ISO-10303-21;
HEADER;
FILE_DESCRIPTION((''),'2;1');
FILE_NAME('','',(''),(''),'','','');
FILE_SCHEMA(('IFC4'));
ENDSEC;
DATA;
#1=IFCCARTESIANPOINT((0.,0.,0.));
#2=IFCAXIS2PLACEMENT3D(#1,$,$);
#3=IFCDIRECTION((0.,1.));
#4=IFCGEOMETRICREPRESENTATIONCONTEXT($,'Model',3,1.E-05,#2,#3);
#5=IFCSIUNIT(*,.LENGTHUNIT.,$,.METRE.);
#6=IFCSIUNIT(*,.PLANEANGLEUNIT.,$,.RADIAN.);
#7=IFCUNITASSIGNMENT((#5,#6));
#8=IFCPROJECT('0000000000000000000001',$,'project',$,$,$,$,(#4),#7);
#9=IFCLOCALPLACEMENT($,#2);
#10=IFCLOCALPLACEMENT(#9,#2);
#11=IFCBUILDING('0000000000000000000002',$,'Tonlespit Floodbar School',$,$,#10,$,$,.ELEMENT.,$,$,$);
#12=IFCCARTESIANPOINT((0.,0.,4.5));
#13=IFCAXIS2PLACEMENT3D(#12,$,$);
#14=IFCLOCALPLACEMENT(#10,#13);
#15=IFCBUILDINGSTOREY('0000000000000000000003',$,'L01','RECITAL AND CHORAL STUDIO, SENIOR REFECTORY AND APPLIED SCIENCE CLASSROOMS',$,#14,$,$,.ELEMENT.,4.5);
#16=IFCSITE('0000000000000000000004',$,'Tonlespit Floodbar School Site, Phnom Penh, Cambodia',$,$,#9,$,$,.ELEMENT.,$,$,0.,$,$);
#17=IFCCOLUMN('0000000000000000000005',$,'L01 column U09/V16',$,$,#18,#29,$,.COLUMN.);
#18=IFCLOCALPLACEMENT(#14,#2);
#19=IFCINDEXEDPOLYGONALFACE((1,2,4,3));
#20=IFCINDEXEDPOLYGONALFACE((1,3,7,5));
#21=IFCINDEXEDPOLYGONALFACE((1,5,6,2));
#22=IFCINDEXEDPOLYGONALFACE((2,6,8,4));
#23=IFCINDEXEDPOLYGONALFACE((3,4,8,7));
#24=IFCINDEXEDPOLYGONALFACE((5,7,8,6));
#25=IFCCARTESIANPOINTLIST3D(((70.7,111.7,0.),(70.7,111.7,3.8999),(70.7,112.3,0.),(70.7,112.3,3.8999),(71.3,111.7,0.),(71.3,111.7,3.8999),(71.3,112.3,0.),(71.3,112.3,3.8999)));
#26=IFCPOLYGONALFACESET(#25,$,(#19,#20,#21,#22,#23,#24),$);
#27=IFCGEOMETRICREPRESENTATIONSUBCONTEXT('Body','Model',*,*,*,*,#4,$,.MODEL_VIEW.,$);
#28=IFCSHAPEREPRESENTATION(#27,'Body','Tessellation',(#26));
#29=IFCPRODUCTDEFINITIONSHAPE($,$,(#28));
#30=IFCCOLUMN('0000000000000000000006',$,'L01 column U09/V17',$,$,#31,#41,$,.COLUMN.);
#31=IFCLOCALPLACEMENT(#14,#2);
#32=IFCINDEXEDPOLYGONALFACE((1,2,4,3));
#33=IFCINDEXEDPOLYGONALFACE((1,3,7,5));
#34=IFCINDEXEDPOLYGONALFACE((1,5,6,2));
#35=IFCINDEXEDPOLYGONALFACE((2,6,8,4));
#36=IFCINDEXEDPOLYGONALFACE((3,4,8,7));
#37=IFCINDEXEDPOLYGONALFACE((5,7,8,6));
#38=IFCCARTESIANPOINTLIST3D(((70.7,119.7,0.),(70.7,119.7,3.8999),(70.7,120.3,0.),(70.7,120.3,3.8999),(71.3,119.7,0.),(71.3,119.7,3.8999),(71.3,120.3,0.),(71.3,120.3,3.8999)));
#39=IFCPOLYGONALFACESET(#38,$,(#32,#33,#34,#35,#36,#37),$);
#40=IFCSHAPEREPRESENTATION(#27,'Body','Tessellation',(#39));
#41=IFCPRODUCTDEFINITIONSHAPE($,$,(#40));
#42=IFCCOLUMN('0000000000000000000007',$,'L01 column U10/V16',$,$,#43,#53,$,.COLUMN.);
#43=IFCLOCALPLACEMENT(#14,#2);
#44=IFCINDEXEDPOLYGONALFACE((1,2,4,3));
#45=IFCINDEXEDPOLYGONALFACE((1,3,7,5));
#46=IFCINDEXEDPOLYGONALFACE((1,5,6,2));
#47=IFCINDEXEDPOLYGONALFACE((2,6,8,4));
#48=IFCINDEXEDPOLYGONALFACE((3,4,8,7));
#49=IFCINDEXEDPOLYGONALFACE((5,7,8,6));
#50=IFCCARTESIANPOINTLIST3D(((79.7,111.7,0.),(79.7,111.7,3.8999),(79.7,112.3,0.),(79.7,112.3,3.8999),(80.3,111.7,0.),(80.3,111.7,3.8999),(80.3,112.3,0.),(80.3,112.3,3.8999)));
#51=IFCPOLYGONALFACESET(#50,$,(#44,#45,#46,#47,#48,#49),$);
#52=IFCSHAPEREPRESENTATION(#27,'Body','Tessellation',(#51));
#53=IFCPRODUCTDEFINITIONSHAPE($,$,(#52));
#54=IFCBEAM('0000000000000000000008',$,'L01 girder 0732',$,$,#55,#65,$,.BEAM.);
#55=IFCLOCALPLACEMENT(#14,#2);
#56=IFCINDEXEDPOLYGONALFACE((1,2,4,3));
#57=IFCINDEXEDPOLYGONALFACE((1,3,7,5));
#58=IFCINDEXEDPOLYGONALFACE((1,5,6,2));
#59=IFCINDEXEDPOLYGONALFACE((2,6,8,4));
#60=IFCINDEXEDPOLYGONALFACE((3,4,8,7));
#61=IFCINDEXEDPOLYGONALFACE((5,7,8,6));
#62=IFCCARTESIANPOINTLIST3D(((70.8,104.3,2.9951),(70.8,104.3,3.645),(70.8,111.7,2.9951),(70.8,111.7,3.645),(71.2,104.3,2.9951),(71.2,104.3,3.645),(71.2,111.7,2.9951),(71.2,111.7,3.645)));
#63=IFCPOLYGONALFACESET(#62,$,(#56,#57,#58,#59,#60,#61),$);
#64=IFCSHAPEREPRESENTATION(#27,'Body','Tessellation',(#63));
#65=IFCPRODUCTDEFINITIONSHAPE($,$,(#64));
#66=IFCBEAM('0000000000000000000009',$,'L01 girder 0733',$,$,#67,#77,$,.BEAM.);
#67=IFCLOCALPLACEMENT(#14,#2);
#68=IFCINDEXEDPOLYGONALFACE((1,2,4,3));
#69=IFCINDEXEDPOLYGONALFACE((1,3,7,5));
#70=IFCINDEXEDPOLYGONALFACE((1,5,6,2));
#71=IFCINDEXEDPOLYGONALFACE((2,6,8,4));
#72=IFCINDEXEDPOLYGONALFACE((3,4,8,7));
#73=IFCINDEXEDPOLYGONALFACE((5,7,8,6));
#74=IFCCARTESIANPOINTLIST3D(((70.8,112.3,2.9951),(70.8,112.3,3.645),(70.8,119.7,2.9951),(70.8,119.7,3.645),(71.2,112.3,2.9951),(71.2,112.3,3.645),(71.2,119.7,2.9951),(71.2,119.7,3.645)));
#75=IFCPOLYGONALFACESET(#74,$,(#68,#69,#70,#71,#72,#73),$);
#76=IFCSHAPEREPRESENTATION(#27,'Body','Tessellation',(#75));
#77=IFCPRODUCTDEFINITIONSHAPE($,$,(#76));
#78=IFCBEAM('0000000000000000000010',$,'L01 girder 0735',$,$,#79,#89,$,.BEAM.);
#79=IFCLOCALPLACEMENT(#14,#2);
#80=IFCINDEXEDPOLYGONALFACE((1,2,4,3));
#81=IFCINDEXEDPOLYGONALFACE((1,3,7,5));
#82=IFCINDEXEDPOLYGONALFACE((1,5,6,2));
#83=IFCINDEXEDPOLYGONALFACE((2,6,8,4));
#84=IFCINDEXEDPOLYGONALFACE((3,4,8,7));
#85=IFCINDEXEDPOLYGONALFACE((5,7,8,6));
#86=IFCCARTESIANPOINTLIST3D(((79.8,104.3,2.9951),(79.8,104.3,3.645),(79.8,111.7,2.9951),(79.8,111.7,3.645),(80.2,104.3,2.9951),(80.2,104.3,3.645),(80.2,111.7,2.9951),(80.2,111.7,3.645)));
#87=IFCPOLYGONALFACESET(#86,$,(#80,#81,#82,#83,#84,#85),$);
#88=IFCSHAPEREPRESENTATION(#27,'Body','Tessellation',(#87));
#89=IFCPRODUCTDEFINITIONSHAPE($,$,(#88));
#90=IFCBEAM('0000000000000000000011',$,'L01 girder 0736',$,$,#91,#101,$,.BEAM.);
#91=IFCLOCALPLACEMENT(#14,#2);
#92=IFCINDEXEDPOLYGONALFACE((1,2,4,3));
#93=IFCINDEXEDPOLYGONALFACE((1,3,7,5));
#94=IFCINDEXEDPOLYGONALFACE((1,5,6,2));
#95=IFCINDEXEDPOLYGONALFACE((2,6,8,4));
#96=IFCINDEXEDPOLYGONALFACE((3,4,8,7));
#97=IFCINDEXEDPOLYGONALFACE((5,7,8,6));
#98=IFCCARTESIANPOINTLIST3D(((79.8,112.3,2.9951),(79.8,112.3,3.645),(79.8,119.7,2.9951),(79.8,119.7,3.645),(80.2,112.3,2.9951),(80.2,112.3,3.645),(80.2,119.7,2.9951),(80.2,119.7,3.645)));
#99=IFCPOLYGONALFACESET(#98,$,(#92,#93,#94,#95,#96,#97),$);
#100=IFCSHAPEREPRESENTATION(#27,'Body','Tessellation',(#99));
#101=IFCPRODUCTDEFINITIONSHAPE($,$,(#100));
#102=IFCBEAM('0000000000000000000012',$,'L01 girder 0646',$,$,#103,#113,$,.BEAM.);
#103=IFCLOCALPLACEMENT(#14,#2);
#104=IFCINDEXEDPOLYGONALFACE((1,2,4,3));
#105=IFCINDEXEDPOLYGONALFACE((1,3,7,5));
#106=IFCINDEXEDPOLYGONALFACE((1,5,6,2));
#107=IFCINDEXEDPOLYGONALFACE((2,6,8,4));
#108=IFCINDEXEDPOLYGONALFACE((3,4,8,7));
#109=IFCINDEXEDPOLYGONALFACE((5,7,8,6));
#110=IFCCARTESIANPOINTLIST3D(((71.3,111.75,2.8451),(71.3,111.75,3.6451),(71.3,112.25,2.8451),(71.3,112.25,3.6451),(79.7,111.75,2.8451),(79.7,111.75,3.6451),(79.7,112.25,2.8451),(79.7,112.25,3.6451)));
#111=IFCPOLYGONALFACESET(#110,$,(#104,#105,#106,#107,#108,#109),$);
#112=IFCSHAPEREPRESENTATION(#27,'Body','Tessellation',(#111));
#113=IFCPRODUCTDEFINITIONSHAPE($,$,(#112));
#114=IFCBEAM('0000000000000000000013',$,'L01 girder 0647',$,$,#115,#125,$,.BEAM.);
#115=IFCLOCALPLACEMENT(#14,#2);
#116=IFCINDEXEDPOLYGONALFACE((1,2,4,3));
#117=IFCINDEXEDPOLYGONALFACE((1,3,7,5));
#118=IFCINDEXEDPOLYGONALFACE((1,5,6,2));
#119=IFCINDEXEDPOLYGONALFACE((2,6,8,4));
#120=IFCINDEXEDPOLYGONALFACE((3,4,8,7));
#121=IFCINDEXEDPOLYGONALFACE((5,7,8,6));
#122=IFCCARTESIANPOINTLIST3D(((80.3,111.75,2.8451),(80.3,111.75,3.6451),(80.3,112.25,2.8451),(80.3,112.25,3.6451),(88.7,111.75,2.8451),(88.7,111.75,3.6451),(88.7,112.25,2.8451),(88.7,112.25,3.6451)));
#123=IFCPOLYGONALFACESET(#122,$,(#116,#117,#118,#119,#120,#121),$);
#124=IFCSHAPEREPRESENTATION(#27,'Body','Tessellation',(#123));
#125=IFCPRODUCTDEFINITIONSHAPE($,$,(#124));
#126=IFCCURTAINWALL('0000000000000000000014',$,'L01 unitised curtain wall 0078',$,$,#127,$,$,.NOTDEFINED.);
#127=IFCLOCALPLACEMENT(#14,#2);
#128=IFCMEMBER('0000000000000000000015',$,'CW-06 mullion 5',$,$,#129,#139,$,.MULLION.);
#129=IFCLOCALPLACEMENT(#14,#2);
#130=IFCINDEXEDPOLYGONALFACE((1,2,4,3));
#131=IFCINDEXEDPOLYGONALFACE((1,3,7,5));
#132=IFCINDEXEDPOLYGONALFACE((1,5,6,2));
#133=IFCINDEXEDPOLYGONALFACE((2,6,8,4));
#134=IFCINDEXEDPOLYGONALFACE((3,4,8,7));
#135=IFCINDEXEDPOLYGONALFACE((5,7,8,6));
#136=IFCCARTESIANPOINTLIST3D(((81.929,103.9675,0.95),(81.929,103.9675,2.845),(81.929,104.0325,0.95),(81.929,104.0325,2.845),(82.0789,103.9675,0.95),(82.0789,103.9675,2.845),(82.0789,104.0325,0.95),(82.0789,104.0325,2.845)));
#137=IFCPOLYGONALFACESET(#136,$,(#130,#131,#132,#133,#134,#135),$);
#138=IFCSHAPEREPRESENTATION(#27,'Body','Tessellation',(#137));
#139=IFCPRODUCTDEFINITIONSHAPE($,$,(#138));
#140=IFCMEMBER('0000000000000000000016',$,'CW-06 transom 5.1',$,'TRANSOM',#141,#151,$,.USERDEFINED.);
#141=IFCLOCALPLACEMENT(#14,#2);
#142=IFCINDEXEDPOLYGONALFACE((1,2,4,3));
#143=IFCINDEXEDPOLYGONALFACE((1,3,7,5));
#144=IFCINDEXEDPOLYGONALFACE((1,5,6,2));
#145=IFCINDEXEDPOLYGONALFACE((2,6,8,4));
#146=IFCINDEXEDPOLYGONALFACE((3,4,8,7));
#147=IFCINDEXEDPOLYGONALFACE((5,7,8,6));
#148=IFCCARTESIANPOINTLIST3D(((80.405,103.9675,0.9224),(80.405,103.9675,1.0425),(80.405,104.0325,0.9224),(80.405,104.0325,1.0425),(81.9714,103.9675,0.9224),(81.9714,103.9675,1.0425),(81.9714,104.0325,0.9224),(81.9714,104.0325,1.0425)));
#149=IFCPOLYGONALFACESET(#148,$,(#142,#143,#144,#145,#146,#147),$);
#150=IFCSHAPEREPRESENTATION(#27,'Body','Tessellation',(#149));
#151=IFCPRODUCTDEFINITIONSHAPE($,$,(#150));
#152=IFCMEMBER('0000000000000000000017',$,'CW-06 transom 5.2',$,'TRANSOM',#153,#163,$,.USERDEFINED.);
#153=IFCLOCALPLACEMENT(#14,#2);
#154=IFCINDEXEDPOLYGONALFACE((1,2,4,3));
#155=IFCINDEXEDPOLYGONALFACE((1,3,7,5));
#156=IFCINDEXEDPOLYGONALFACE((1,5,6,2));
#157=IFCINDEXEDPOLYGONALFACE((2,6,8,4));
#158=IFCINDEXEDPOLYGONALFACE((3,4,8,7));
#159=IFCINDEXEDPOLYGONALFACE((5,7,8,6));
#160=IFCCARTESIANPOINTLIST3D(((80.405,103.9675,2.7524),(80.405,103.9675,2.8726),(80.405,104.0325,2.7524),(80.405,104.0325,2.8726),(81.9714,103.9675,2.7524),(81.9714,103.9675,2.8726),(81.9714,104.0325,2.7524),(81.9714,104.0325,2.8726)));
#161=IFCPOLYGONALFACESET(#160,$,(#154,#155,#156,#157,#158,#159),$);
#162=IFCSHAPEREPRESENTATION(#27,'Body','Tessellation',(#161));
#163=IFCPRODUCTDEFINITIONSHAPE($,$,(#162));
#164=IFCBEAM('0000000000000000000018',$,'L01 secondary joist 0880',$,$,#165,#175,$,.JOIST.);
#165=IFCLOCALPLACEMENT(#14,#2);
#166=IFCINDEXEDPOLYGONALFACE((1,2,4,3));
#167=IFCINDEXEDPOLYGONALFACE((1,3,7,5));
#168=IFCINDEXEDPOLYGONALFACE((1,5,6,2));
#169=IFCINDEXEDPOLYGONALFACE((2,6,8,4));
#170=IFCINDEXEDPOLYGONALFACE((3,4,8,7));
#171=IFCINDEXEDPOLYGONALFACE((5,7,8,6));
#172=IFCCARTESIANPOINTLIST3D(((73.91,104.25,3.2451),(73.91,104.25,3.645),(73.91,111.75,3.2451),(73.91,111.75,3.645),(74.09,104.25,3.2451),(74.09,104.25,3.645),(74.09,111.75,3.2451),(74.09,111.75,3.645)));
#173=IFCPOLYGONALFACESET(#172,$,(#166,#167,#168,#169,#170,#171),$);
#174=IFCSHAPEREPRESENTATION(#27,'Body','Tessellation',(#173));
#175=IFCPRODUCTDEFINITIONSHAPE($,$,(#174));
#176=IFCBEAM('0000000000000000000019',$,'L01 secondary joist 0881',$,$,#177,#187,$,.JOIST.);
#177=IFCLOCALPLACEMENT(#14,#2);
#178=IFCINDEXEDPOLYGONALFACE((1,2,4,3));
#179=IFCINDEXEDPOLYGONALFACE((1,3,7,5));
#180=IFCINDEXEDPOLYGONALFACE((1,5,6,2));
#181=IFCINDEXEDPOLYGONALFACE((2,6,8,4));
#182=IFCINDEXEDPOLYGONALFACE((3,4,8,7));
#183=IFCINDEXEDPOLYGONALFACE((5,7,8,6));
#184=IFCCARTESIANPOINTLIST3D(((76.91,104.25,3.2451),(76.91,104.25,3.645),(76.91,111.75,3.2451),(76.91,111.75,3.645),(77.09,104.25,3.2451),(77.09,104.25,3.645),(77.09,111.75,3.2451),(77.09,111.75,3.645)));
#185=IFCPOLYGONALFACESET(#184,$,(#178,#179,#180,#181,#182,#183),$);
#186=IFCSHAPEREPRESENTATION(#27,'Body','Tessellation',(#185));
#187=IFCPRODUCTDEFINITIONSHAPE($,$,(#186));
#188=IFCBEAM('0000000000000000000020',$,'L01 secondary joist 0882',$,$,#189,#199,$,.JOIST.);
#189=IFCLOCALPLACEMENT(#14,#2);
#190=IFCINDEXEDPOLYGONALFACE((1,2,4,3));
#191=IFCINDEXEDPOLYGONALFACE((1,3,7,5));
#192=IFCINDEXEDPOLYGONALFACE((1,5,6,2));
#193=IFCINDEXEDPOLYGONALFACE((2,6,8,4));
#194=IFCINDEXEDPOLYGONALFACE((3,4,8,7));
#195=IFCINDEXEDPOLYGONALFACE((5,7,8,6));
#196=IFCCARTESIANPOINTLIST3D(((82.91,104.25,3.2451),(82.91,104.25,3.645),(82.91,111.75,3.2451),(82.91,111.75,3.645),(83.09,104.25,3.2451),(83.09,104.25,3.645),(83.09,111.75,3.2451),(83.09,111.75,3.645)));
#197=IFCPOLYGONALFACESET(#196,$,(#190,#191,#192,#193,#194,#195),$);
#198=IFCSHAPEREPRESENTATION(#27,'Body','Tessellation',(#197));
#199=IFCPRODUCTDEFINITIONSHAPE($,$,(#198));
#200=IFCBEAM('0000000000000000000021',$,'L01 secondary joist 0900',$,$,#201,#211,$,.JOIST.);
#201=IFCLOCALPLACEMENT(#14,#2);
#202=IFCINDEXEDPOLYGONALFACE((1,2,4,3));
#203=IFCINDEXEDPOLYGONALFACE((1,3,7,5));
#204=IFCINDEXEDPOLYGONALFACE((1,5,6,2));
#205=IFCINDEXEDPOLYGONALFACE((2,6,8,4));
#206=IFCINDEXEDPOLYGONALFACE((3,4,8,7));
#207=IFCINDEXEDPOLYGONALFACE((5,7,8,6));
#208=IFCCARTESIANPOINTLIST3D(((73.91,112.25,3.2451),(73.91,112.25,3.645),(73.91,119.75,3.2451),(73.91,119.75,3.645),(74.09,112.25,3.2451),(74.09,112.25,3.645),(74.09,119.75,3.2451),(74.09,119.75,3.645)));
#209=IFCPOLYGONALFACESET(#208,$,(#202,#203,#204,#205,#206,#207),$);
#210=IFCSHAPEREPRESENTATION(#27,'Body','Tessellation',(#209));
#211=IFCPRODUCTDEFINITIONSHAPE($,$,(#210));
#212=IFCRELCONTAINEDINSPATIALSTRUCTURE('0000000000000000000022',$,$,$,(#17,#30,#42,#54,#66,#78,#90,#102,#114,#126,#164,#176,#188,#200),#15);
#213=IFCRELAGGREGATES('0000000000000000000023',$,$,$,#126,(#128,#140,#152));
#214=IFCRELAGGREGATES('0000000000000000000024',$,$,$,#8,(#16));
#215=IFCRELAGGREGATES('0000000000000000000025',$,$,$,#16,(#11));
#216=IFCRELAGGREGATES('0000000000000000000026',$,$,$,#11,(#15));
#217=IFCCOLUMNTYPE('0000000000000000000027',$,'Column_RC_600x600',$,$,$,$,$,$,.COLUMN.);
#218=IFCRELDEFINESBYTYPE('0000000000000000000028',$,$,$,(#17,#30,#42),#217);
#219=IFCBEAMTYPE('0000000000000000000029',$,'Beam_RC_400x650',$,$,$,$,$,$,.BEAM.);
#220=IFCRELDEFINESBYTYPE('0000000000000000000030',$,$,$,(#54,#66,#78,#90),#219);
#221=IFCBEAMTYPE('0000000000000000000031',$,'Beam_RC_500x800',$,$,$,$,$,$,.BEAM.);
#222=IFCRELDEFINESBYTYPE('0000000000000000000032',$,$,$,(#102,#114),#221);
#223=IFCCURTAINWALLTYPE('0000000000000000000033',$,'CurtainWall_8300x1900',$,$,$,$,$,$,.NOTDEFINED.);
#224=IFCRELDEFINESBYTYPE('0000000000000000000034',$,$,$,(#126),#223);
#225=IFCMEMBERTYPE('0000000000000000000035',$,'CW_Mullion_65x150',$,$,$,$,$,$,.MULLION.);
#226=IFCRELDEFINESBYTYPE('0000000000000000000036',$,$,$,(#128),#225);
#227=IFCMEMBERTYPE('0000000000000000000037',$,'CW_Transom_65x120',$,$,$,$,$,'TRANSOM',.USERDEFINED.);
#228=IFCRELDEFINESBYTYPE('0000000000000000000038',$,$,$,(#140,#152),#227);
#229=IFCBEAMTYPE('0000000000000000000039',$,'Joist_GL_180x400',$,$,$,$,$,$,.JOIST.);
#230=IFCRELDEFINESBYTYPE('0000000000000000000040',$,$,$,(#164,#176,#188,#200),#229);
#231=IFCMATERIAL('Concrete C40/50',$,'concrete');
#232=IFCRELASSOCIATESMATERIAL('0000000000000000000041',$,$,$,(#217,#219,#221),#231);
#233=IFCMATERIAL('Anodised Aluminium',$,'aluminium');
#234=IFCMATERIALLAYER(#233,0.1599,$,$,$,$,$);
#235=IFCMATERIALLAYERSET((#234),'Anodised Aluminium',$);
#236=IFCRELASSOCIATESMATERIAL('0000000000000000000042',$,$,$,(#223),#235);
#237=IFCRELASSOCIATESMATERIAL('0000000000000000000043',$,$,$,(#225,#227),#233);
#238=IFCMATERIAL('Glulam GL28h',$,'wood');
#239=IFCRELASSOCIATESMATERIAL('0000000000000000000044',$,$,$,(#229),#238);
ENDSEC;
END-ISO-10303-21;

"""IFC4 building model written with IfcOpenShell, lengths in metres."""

from ifc_helpers import new_model, si_unit, direction, frame, origin, origin_2d, place, context, subcontext, project, spatial, rectangle, extrude, material, layer, layer_set, material_profile, profile_set, type_object, element, aggregate, save


model = new_model("IFC4")

# Units and contexts
model_context = context("Model", 3, precision=1e-05, world=origin(), true_north=direction((0.0, 1.0)))
body_context = subcontext(model_context, "Body", "Model", "MODEL_VIEW")
ifc_project = project(units=[si_unit("LENGTHUNIT", "METRE"), si_unit("PLANEANGLEUNIT", "RADIAN")], contexts=[model_context])

# Site, building, storey
site_placement = place(None, origin())
site = spatial("IfcSite", under=ifc_project, at=site_placement, Name="Tonlespit Floodbar School Site, Phnom Penh, Cambodia", CompositionType="ELEMENT", RefElevation=0.0)
building_placement = place(site_placement, origin())
building = spatial("IfcBuilding", under=site, at=building_placement, Name="Tonlespit Floodbar School", CompositionType="ELEMENT")
storey_placement = place(building_placement, frame((0.0, 0.0, 4.5)))
storey = spatial("IfcBuildingStorey", under=building, at=storey_placement, Name="L01", Description="RECITAL AND CHORAL STUDIO, SENIOR REFECTORY AND APPLIED SCIENCE CLASSROOMS", CompositionType="ELEMENT", Elevation=4.5)

# Columns
ifc_material_1 = material(Name="Concrete C40/50", Category="concrete")
ifc_material_profile_1 = material_profile(ifc_material_1, rectangle(XDim=0.6001, YDim=0.6001, at=origin_2d()), Name="RC 600x600")
ifc_profile_set_1 = profile_set([ifc_material_profile_1], Name="Concrete C40/50")
column_type = type_object("IfcColumnType", Name="Column_RC_600x600", PredefinedType="COLUMN", material=ifc_profile_set_1)
for number, where, z_axis, x_axis, name in (
    (1, (71.0, 112.0, 0.0), (0.0, 0.0, 1.0), (1.0, 0.0, 0.0), "L01 column U09/V16"),
    (2, (71.0, 120.0, 0.0), (0.0, 0.0, 1.0), (1.0, 0.0, 0.0), "L01 column U09/V17"),
    (3, (80.0, 112.0, 0.0), (0.0, 0.0, 1.0), (1.0, 0.0, 0.0), "L01 column U10/V16"),
):
    element("IfcColumn", number, at=place(storey_placement, frame(where, z_axis=z_axis, x_axis=x_axis)), inside=storey, type_object=column_type, Name=name, PredefinedType="COLUMN", context=body_context, shape_type="SweptSolid", body=[
        extrude(rectangle(XDim=0.6001, YDim=0.6001, at=origin_2d()), origin(), (0.0, 0.0, 1.0), 3.8999),
    ])

# Beams
ifc_material_profile_2 = material_profile(ifc_material_1, rectangle(XDim=0.3999, YDim=0.6499, at=origin_2d()), Name="RC 400x650")
ifc_profile_set_2 = profile_set([ifc_material_profile_2], Name="Concrete C40/50")
beam_type_1 = type_object("IfcBeamType", Name="Beam_RC_400x650", PredefinedType="BEAM", material=ifc_profile_set_2)
for number, where, z_axis, x_axis, name in (
    (4, (71.0, 104.3, 3.3201), (0.0, 1.0, 0.0), (-1.0, 0.0, 0.0), "L01 girder 0732"),
    (5, (71.0, 112.3, 3.3201), (0.0, 1.0, 0.0), (-1.0, 0.0, 0.0), "L01 girder 0733"),
    (6, (80.0, 104.3, 3.3201), (0.0, 1.0, 0.0), (-1.0, 0.0, 0.0), "L01 girder 0735"),
    (7, (80.0, 112.3, 3.3201), (0.0, 1.0, 0.0), (-1.0, 0.0, 0.0), "L01 girder 0736"),
):
    element("IfcBeam", number, at=place(storey_placement, frame(where, z_axis=z_axis, x_axis=x_axis)), inside=storey, type_object=beam_type_1, Name=name, PredefinedType="BEAM", context=body_context, shape_type="SweptSolid", body=[
        extrude(rectangle(XDim=0.3999, YDim=0.6499, at=origin_2d()), origin(), (0.0, 0.0, 1.0), 7.3999),
    ])
ifc_material_profile_3 = material_profile(ifc_material_1, rectangle(XDim=0.5, YDim=0.8, at=origin_2d()), Name="RC 500x800")
ifc_profile_set_3 = profile_set([ifc_material_profile_3], Name="Concrete C40/50")
beam_type_2 = type_object("IfcBeamType", Name="Beam_RC_500x800", PredefinedType="BEAM", material=ifc_profile_set_3)
for number, where, z_axis, x_axis, name in (
    (8, (71.3, 112.0, 3.2451), (1.0, 0.0, 0.0), (0.0, 1.0, 0.0), "L01 girder 0646"),
    (9, (80.3, 112.0, 3.2451), (1.0, 0.0, 0.0), (0.0, 1.0, 0.0), "L01 girder 0647"),
):
    element("IfcBeam", number, at=place(storey_placement, frame(where, z_axis=z_axis, x_axis=x_axis)), inside=storey, type_object=beam_type_2, Name=name, PredefinedType="BEAM", context=body_context, shape_type="SweptSolid", body=[
        extrude(rectangle(XDim=0.5, YDim=0.8, at=origin_2d()), origin(), (0.0, 0.0, 1.0), 8.3999),
    ])

# Curtain wall, members
ifc_material_2 = material(Name="Anodised Aluminium", Category="aluminium")
ifc_layer_1 = layer(ifc_material_2, 0.1599)
ifc_layer_set_1 = layer_set([ifc_layer_1], Name="Anodised Aluminium")
curtain_wall_type = type_object("IfcCurtainWallType", Name="CurtainWall_8300x1900", PredefinedType="NOTDEFINED", material=ifc_layer_set_1)
curtain_wall_placement = place(storey_placement, origin())
curtain_wall = element("IfcCurtainWall", 10, at=curtain_wall_placement, inside=storey, type_object=curtain_wall_type, Name="L01 unitised curtain wall 0078", PredefinedType="NOTDEFINED")
ifc_material_profile_4 = material_profile(ifc_material_2, rectangle(XDim=0.0649, YDim=0.1499, at=origin_2d()), Name="ALU M65x150")
ifc_profile_set_4 = profile_set([ifc_material_profile_4], Name="Anodised Aluminium")
member_type_1 = type_object("IfcMemberType", Name="CW_Mullion_65x150", PredefinedType="MULLION", material=ifc_profile_set_4)
member_1_placement = place(storey_placement, frame((82.0039, 104.0, 0.95), z_axis=(0.0, 0.0, 1.0), x_axis=(0.0, -1.0, 0.0)))
member_1 = element("IfcMember", 11, at=member_1_placement, type_object=member_type_1, Name="CW-06 mullion 5", PredefinedType="MULLION", context=body_context, shape_type="SweptSolid", body=[
    extrude(rectangle(XDim=0.0649, YDim=0.1499, at=origin_2d()), origin(), (0.0, 0.0, 1.0), 1.895),
])
ifc_material_profile_5 = material_profile(ifc_material_2, rectangle(XDim=0.0649, YDim=0.1201, at=origin_2d()), Name="ALU T65x120")
ifc_profile_set_5 = profile_set([ifc_material_profile_5], Name="Anodised Aluminium")
member_type_2 = type_object("IfcMemberType", Name="CW_Transom_65x120", ElementType="TRANSOM", PredefinedType="USERDEFINED", material=ifc_profile_set_5)
member_2_placement = place(storey_placement, frame((81.9714, 104.0, 0.9824), z_axis=(-1.0, 0.0, 0.0), x_axis=(0.0, -1.0, 0.0)))
member_2 = element("IfcMember", 12, at=member_2_placement, type_object=member_type_2, Name="CW-06 transom 5.1", ObjectType="TRANSOM", PredefinedType="USERDEFINED", context=body_context, shape_type="SweptSolid", body=[
    extrude(rectangle(XDim=0.0649, YDim=0.1201, at=origin_2d()), origin(), (0.0, 0.0, 1.0), 1.5664),
])
member_3_placement = place(storey_placement, frame((81.9714, 104.0, 2.8125), z_axis=(-1.0, 0.0, 0.0), x_axis=(0.0, -1.0, 0.0)))
member_3 = element("IfcMember", 13, at=member_3_placement, type_object=member_type_2, Name="CW-06 transom 5.2", ObjectType="TRANSOM", PredefinedType="USERDEFINED", context=body_context, shape_type="SweptSolid", body=[
    extrude(rectangle(XDim=0.0649, YDim=0.1201, at=origin_2d()), origin(), (0.0, 0.0, 1.0), 1.5664),
])

# Beams
ifc_material_3 = material(Name="Glulam GL28h", Category="wood")
ifc_material_profile_6 = material_profile(ifc_material_3, rectangle(XDim=0.1799, YDim=0.3999, at=origin_2d()), Name="GL 180x400")
ifc_profile_set_6 = profile_set([ifc_material_profile_6], Name="Glulam GL28h")
beam_type_3 = type_object("IfcBeamType", Name="Joist_GL_180x400", PredefinedType="JOIST", material=ifc_profile_set_6)
for number, where, z_axis, x_axis, name in (
    (14, (74.0, 104.25, 3.4451), (0.0, 1.0, 0.0), (-1.0, 0.0, 0.0), "L01 secondary joist 0880"),
    (15, (77.0, 104.25, 3.4451), (0.0, 1.0, 0.0), (-1.0, 0.0, 0.0), "L01 secondary joist 0881"),
    (16, (83.0, 104.25, 3.4451), (0.0, 1.0, 0.0), (-1.0, 0.0, 0.0), "L01 secondary joist 0882"),
    (17, (74.0, 112.25, 3.4451), (0.0, 1.0, 0.0), (-1.0, 0.0, 0.0), "L01 secondary joist 0900"),
):
    element("IfcBeam", number, at=place(storey_placement, frame(where, z_axis=z_axis, x_axis=x_axis)), inside=storey, type_object=beam_type_3, Name=name, PredefinedType="JOIST", context=body_context, shape_type="SweptSolid", body=[
        extrude(rectangle(XDim=0.1799, YDim=0.3999, at=origin_2d()), origin(), (0.0, 0.0, 1.0), 7.5),
    ])

aggregate(curtain_wall, [member_1, member_2, member_3])

save(model, "model.ifc")
